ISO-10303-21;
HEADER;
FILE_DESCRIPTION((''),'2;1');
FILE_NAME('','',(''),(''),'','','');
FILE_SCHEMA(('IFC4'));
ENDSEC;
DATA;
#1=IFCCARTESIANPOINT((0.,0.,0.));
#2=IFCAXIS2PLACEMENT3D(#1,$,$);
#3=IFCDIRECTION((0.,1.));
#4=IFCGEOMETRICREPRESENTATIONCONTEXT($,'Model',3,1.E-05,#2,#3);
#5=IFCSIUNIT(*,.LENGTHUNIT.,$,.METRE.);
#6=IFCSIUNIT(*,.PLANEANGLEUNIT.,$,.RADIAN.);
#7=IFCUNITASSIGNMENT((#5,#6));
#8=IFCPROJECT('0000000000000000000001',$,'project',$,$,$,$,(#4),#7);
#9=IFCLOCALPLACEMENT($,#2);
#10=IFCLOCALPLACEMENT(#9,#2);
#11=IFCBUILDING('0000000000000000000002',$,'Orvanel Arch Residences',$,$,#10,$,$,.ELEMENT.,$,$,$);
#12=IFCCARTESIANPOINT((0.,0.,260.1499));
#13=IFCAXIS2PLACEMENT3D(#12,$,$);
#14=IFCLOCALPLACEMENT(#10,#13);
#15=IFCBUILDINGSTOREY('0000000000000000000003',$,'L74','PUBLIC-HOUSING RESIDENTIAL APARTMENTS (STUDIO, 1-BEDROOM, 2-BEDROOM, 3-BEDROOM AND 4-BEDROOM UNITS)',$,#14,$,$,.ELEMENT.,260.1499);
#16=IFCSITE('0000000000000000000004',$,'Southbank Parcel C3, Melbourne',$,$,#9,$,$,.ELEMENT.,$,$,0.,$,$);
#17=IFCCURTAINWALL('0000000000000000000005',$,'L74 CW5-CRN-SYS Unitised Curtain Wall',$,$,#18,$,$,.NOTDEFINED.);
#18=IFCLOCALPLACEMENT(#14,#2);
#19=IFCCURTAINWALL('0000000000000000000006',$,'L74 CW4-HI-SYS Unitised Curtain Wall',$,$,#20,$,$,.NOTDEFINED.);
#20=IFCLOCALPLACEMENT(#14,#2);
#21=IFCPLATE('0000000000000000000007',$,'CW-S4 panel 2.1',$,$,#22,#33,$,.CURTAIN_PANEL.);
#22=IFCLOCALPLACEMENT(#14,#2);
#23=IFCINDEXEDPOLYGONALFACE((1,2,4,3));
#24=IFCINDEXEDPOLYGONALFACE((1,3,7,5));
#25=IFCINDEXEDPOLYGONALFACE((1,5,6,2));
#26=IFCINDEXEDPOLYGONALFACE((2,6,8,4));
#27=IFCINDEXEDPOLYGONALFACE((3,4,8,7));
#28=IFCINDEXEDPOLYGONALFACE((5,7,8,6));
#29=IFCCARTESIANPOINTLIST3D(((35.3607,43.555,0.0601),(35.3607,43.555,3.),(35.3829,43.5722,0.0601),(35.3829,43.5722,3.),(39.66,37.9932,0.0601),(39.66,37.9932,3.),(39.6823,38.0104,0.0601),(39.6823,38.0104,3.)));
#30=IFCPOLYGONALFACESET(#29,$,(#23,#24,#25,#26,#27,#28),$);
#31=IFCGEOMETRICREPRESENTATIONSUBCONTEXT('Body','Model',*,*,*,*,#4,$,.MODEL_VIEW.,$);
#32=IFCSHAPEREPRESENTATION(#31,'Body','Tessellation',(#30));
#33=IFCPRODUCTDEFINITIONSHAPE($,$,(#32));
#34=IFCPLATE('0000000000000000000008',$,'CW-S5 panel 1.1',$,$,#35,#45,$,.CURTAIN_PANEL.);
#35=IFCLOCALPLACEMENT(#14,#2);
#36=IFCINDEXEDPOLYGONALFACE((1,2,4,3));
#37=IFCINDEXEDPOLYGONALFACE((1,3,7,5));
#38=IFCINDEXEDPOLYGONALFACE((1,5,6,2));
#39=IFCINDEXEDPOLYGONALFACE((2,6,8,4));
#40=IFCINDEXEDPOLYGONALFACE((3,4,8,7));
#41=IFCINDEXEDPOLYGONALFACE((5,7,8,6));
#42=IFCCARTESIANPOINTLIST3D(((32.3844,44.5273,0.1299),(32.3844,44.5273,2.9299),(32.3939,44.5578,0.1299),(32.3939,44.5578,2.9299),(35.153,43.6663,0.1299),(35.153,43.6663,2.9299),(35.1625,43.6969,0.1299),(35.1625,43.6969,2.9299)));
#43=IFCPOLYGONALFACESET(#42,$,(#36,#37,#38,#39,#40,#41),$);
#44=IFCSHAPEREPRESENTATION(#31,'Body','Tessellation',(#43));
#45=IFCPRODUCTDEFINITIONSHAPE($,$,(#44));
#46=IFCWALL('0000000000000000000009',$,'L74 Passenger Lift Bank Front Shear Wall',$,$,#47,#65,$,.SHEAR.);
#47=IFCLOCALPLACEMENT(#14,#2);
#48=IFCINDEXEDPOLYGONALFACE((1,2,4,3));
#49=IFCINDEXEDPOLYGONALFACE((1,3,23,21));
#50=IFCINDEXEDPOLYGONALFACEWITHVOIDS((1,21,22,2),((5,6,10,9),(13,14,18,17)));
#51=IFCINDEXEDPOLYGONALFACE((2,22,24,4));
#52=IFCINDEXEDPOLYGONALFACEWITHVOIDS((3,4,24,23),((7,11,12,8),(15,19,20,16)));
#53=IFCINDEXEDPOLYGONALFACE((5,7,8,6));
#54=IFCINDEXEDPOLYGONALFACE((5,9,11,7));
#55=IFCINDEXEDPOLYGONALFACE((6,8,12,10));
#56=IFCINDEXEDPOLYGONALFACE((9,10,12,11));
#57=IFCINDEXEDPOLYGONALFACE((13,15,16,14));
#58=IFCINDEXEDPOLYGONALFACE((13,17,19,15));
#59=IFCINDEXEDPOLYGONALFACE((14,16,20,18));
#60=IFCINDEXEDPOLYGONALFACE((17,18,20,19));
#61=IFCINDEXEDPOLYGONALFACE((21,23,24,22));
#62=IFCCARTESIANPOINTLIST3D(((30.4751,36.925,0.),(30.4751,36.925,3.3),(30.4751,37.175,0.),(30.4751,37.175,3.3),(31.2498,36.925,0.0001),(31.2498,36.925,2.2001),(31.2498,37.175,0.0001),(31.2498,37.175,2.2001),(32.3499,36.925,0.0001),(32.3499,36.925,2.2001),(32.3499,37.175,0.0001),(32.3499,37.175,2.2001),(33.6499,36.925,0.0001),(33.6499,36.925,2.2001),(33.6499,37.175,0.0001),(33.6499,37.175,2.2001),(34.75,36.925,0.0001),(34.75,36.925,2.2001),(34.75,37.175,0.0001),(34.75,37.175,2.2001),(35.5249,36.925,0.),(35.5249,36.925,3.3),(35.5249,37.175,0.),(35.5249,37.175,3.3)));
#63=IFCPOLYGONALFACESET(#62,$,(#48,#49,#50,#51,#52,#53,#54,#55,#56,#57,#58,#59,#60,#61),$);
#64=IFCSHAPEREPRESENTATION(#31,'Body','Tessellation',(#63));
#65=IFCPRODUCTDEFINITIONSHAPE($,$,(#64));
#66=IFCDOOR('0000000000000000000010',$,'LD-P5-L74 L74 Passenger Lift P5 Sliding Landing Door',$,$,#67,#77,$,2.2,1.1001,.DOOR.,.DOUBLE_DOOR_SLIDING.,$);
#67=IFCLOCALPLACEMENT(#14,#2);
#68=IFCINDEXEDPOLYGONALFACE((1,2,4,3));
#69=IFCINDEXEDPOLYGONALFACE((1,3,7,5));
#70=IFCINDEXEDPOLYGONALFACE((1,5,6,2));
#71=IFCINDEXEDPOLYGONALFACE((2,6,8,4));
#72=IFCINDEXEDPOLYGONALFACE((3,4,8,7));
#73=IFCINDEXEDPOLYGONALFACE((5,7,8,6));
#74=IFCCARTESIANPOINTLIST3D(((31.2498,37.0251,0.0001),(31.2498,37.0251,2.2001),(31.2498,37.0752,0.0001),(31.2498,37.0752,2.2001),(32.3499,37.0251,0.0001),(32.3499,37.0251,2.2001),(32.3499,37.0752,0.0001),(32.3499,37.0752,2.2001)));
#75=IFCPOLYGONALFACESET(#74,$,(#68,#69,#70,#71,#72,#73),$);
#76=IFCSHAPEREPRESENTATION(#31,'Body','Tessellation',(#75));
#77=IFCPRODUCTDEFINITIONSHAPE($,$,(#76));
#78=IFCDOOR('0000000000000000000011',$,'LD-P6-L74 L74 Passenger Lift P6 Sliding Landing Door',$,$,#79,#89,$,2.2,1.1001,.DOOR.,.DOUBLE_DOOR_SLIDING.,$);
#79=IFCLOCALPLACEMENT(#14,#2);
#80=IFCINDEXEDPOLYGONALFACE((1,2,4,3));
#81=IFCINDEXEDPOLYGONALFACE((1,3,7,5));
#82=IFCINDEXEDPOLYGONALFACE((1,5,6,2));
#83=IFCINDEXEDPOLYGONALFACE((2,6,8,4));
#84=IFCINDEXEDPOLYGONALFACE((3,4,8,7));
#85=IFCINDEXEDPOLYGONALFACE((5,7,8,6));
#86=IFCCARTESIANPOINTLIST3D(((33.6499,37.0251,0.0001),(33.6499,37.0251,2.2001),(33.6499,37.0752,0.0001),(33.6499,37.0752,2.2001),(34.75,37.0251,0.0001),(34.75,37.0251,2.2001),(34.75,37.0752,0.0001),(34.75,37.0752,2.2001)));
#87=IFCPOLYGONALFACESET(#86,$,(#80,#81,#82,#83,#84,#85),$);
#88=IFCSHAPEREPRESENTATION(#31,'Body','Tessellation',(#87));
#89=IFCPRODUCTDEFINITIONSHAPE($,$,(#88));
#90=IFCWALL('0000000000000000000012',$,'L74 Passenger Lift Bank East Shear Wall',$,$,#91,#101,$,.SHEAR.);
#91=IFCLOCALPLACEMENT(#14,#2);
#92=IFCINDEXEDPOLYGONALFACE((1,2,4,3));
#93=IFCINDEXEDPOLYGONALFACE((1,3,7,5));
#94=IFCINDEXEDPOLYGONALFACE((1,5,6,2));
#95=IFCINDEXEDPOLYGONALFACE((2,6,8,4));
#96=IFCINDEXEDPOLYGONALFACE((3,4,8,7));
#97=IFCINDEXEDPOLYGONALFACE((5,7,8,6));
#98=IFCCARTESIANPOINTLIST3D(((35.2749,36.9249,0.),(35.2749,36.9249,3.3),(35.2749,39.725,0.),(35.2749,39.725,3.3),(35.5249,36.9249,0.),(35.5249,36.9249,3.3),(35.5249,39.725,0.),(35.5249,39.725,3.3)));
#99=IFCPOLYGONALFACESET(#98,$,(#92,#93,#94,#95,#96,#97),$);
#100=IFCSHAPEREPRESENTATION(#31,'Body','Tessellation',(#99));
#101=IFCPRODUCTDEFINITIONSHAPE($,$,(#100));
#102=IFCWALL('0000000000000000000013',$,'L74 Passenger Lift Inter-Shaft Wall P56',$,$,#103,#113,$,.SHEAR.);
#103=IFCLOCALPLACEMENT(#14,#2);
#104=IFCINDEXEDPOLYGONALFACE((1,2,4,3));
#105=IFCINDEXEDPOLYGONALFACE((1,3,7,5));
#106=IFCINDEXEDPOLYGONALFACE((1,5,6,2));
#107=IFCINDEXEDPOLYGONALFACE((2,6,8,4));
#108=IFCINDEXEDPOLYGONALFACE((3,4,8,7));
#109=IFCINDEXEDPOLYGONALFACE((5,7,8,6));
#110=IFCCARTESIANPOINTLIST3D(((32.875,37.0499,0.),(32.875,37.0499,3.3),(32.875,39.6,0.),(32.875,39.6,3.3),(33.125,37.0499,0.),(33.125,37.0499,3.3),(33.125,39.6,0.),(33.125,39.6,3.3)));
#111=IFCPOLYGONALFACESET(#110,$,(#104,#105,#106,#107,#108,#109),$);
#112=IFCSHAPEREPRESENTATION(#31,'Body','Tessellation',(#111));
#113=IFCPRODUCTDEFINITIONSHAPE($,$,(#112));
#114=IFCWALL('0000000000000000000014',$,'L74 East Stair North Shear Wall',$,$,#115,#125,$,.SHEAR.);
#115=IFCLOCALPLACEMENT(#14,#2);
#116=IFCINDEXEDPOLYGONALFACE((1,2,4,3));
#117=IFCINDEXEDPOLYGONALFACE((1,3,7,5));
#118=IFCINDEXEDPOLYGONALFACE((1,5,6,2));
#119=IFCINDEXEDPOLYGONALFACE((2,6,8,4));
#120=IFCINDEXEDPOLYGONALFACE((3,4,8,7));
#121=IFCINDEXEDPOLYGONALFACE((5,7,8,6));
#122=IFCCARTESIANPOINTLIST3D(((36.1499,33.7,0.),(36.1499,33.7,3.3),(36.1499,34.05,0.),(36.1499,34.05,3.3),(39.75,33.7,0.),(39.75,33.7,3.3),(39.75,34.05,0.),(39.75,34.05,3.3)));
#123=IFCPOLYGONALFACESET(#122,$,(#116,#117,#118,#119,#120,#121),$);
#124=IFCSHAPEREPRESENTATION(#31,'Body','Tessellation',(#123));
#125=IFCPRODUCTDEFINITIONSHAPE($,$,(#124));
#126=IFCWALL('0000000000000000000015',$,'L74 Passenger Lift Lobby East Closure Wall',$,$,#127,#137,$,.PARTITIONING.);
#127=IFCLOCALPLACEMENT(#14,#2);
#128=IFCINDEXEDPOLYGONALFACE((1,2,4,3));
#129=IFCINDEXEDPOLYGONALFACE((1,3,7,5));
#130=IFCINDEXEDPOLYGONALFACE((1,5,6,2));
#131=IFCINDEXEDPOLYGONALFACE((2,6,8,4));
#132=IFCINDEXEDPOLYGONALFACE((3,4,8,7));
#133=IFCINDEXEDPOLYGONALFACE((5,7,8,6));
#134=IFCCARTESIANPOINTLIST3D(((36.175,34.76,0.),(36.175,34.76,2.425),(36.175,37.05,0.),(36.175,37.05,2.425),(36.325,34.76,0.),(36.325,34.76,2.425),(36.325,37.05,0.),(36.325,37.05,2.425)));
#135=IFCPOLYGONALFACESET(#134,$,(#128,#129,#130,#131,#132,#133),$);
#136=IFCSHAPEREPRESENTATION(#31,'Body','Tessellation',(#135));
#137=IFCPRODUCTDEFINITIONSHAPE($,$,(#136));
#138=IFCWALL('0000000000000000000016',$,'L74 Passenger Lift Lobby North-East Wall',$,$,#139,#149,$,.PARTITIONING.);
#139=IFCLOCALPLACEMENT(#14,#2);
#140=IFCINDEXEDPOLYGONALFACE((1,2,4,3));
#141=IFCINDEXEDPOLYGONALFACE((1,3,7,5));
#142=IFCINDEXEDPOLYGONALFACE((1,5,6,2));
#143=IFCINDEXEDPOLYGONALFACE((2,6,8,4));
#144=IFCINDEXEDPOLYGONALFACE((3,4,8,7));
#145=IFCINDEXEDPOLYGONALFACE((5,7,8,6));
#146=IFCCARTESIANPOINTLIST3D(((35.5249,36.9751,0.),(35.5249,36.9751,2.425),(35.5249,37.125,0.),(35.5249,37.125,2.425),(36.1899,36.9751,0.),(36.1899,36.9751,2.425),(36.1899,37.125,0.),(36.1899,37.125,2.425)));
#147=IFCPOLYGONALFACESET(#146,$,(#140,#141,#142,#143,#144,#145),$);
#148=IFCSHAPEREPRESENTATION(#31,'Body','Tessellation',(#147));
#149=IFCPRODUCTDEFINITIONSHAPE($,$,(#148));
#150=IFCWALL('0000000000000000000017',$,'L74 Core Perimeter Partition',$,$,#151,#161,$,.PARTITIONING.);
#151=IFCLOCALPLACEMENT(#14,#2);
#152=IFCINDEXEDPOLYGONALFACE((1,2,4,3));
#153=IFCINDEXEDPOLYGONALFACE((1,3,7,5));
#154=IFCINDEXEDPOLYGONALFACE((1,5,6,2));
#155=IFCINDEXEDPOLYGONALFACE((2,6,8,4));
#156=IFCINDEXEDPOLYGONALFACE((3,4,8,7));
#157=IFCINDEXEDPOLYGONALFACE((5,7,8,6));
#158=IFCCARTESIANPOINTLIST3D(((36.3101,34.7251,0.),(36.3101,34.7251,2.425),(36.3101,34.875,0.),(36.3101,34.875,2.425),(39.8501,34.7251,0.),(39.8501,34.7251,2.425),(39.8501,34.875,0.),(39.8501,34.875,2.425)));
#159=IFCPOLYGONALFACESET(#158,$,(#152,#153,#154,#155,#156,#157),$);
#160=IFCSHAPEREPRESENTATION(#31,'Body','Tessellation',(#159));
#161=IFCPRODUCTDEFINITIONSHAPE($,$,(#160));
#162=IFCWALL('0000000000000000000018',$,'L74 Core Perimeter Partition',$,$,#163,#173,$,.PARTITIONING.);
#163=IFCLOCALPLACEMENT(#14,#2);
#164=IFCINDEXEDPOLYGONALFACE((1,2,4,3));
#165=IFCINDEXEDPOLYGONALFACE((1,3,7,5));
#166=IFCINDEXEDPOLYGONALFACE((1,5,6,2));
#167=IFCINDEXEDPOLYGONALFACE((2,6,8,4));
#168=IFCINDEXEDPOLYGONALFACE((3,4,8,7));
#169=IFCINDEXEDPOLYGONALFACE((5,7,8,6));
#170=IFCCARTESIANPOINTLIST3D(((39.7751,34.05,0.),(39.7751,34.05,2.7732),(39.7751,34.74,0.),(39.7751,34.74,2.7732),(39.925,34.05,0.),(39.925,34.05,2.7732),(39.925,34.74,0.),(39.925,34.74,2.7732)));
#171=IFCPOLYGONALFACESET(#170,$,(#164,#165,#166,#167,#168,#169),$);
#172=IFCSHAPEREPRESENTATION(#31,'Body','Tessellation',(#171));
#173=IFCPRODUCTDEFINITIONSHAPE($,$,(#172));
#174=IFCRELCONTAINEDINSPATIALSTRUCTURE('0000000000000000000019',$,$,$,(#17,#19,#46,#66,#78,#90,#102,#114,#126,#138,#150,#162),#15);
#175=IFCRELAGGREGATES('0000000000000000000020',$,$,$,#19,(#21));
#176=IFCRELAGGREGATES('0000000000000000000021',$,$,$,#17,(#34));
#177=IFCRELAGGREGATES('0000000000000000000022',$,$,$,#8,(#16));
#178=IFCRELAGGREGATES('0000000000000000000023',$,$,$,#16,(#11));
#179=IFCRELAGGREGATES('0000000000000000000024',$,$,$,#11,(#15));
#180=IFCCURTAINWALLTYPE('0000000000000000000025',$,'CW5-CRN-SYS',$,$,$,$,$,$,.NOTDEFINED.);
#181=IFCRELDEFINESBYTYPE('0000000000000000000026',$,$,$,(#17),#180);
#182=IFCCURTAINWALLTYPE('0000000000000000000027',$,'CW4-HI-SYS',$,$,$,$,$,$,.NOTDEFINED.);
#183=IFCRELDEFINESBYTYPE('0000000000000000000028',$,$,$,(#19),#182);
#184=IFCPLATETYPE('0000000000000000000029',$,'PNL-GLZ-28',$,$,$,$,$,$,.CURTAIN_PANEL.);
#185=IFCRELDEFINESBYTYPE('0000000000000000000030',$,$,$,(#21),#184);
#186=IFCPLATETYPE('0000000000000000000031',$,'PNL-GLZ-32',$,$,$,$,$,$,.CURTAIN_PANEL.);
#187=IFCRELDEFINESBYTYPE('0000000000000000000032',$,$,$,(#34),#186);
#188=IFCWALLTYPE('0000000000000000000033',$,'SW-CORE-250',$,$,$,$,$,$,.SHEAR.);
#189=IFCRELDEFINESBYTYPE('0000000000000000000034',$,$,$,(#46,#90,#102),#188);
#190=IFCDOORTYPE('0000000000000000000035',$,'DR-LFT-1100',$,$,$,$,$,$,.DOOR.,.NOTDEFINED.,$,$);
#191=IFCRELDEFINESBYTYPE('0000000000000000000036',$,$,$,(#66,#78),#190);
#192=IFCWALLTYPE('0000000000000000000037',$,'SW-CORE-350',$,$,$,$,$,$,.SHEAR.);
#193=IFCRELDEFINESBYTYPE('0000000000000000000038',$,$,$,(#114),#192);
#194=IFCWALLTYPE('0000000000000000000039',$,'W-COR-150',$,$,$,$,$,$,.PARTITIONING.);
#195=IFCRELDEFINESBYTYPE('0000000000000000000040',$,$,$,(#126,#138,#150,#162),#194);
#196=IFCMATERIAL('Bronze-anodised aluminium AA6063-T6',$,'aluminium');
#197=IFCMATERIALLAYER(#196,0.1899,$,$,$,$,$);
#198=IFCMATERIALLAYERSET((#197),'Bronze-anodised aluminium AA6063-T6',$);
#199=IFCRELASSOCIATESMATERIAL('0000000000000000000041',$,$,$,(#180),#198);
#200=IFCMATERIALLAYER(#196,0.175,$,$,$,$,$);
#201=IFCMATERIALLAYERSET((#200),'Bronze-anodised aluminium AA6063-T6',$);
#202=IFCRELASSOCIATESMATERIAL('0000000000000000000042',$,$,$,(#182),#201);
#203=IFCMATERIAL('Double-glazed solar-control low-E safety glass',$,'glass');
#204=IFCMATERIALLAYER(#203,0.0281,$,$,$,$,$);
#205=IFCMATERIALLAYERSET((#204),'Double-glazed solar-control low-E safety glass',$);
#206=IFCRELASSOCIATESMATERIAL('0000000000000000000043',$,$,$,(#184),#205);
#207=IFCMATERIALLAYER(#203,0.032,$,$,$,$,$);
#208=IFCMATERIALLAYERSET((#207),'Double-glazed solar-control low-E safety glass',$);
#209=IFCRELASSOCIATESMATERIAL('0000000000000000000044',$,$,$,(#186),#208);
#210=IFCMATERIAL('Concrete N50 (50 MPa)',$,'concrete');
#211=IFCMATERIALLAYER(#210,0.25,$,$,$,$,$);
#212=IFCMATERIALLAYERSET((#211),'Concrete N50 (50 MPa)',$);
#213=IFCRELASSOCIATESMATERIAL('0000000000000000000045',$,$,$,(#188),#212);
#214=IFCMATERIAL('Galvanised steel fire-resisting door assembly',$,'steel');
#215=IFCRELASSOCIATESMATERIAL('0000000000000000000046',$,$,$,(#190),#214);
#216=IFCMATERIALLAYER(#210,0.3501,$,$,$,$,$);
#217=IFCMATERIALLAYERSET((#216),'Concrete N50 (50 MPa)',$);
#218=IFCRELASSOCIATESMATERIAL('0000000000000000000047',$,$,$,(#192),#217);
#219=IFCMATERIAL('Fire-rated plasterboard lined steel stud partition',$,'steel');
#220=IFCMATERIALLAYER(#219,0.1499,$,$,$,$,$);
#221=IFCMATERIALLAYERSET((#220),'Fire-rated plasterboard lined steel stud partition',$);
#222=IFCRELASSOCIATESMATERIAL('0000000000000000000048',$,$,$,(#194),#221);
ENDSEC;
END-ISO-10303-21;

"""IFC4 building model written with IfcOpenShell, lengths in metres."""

from ifc_helpers import new_model, si_unit, direction, frame, frame_2d, origin, origin_2d, place, context, subcontext, project, spatial, rectangle, extrude, material, layer, layer_set, type_object, element, fill, aggregate, save


model = new_model("IFC4")

# Units and contexts
model_context = context("Model", 3, precision=1e-05, world=origin(), true_north=direction((0.0, 1.0)))
body_context = subcontext(model_context, "Body", "Model", "MODEL_VIEW")
ifc_project = project(units=[si_unit("LENGTHUNIT", "METRE"), si_unit("PLANEANGLEUNIT", "RADIAN")], contexts=[model_context])

# Site, building, storey
site_placement = place(None, origin())
site = spatial("IfcSite", under=ifc_project, at=site_placement, Name="Southbank Parcel C3, Melbourne", CompositionType="ELEMENT", RefElevation=0.0)
building_placement = place(site_placement, origin())
building = spatial("IfcBuilding", under=site, at=building_placement, Name="Orvanel Arch Residences", CompositionType="ELEMENT")
storey_placement = place(building_placement, frame((0.0, 0.0, 260.1499)))
storey = spatial("IfcBuildingStorey", under=building, at=storey_placement, Name="L74", Description="PUBLIC-HOUSING RESIDENTIAL APARTMENTS (STUDIO, 1-BEDROOM, 2-BEDROOM, 3-BEDROOM AND 4-BEDROOM UNITS)", CompositionType="ELEMENT", Elevation=260.1499)

# Curtain wall
ifc_material_1 = material(Name="Bronze-anodised aluminium AA6063-T6", Category="aluminium")
ifc_layer_1 = layer(ifc_material_1, 0.1899)
ifc_layer_set_1 = layer_set([ifc_layer_1], Name="Bronze-anodised aluminium AA6063-T6")
curtain_wall_type_1 = type_object("IfcCurtainWallType", Name="CW5-CRN-SYS", PredefinedType="NOTDEFINED", material=ifc_layer_set_1)
curtain_wall_1_placement = place(storey_placement, origin())
curtain_wall_1 = element("IfcCurtainWall", 1, at=curtain_wall_1_placement, inside=storey, type_object=curtain_wall_type_1, Name="L74 CW5-CRN-SYS Unitised Curtain Wall", PredefinedType="NOTDEFINED")

# Curtain wall
ifc_layer_2 = layer(ifc_material_1, 0.175)
ifc_layer_set_2 = layer_set([ifc_layer_2], Name="Bronze-anodised aluminium AA6063-T6")
curtain_wall_type_2 = type_object("IfcCurtainWallType", Name="CW4-HI-SYS", PredefinedType="NOTDEFINED", material=ifc_layer_set_2)
curtain_wall_2_placement = place(storey_placement, origin())
curtain_wall_2 = element("IfcCurtainWall", 2, at=curtain_wall_2_placement, inside=storey, type_object=curtain_wall_type_2, Name="L74 CW4-HI-SYS Unitised Curtain Wall", PredefinedType="NOTDEFINED")

# Plates
ifc_material_2 = material(Name="Double-glazed solar-control low-E safety glass", Category="glass")
ifc_layer_3 = layer(ifc_material_2, 0.0281)
ifc_layer_set_3 = layer_set([ifc_layer_3], Name="Double-glazed solar-control low-E safety glass")
plate_type_1 = type_object("IfcPlateType", Name="PNL-GLZ-28", PredefinedType="CURTAIN_PANEL", material=ifc_layer_set_3)
plate_1_placement = place(storey_placement, frame((37.5215, 40.7827, 0.0601), z_axis=(0.0, 0.0, 1.0), x_axis=(-0.611587, 0.791177, 0.0)))
plate_1 = element("IfcPlate", 3, at=plate_1_placement, type_object=plate_type_1, Name="CW-S4 panel 2.1", PredefinedType="CURTAIN_PANEL", context=body_context, shape_type="SweptSolid", body=[
    extrude(rectangle(XDim=7.0298, YDim=0.0281, at=origin_2d()), origin(), (0.0, 0.0, 1.0), 2.9399),
])
aggregate(curtain_wall_2, [plate_1])
ifc_layer_4 = layer(ifc_material_2, 0.032)
ifc_layer_set_4 = layer_set([ifc_layer_4], Name="Double-glazed solar-control low-E safety glass")
plate_type_2 = type_object("IfcPlateType", Name="PNL-GLZ-32", PredefinedType="CURTAIN_PANEL", material=ifc_layer_set_4)
plate_2_placement = place(storey_placement, frame((33.7734, 44.1121, 0.1299), z_axis=(0.0, 0.0, 1.0), x_axis=(-0.954896, 0.29694, 0.0)))
plate_2 = element("IfcPlate", 4, at=plate_2_placement, type_object=plate_type_2, Name="CW-S5 panel 1.1", PredefinedType="CURTAIN_PANEL", context=body_context, shape_type="SweptSolid", body=[
    extrude(rectangle(XDim=2.8994, YDim=0.032, at=origin_2d()), origin(), (0.0, 0.0, 1.0), 2.8),
])
aggregate(curtain_wall_1, [plate_2])

# Wall, openings, doors
ifc_material_3 = material(Name="Concrete N50 (50 MPa)", Category="concrete")
ifc_layer_5 = layer(ifc_material_3, 0.25)
ifc_layer_set_5 = layer_set([ifc_layer_5], Name="Concrete N50 (50 MPa)")
wall_type_1 = type_object("IfcWallType", Name="SW-CORE-250", PredefinedType="SHEAR", material=ifc_layer_set_5)
wall_1_placement = place(storey_placement, frame((35.5249, 37.05, 0.0), z_axis=(0.0, 0.0, 1.0), x_axis=(-1.0, 0.0, 0.0)))
wall_1 = element("IfcWall", 5, at=wall_1_placement, inside=storey, type_object=wall_type_1, Name="L74 Passenger Lift Bank Front Shear Wall", PredefinedType="SHEAR", context=body_context, shape_type="SweptSolid", body=[
    extrude(rectangle(XDim=5.0498, YDim=0.25, at=frame_2d((2.5249, 0.0))), origin(), (0.0, 0.0, 1.0), 3.3),
])
opening_1_placement = place(wall_1_placement, frame((3.175, 0.0, 0.0)))
opening_1 = element("IfcOpeningElement", 6, at=opening_1_placement, cuts=wall_1, PredefinedType="OPENING", context=body_context, shape_type="SweptSolid", body=[
    extrude(rectangle(XDim=1.1001, YDim=2.2, at=frame_2d((0.55, 1.1001))), frame((0.0, 0.135, 0.0), z_axis=(0.0, -1.0, 0.0), x_axis=(1.0, 0.0, 0.0)), (0.0, 0.0, 1.0), 0.27),
])
opening_2_placement = place(wall_1_placement, frame((0.7749, 0.0, 0.0)))
opening_2 = element("IfcOpeningElement", 7, at=opening_2_placement, cuts=wall_1, PredefinedType="OPENING", context=body_context, shape_type="SweptSolid", body=[
    extrude(rectangle(XDim=1.1001, YDim=2.2, at=frame_2d((0.55, 1.1001))), frame((0.0, 0.135, 0.0), z_axis=(0.0, -1.0, 0.0), x_axis=(1.0, 0.0, 0.0)), (0.0, 0.0, 1.0), 0.27),
])
ifc_material_4 = material(Name="Galvanised steel fire-resisting door assembly", Category="steel")
door_type = type_object("IfcDoorType", Name="DR-LFT-1100", OperationType="NOTDEFINED", PredefinedType="DOOR", material=ifc_material_4)
door_1_placement = place(opening_1_placement, origin())
door_1 = element("IfcDoor", 8, at=door_1_placement, inside=storey, type_object=door_type, Name="LD-P5-L74 L74 Passenger Lift P5 Sliding Landing Door", OperationType="DOUBLE_DOOR_SLIDING", OverallHeight=2.2, OverallWidth=1.1001, PredefinedType="DOOR", context=body_context, shape_type="SweptSolid", body=[
    extrude(rectangle(XDim=1.1001, YDim=2.2, at=frame_2d((0.55, 1.1001))), frame((0.0, 0.0249, 0.0), z_axis=(0.0, -1.0, 0.0), x_axis=(1.0, 0.0, 0.0)), (0.0, 0.0, 1.0), 0.05),
])
fill(opening_1, door_1)
door_2_placement = place(opening_2_placement, origin())
door_2 = element("IfcDoor", 9, at=door_2_placement, inside=storey, type_object=door_type, Name="LD-P6-L74 L74 Passenger Lift P6 Sliding Landing Door", OperationType="DOUBLE_DOOR_SLIDING", OverallHeight=2.2, OverallWidth=1.1001, PredefinedType="DOOR", context=body_context, shape_type="SweptSolid", body=[
    extrude(rectangle(XDim=1.1001, YDim=2.2, at=frame_2d((0.55, 1.1001))), frame((0.0, 0.0249, 0.0), z_axis=(0.0, -1.0, 0.0), x_axis=(1.0, 0.0, 0.0)), (0.0, 0.0, 1.0), 0.05),
])
fill(opening_2, door_2)

# Walls
wall_2_placement = place(storey_placement, frame((35.3999, 36.925, 0.0), z_axis=(0.0, 0.0, 1.0), x_axis=(0.0, 1.0, 0.0)))
element("IfcWall", 10, at=wall_2_placement, inside=storey, type_object=wall_type_1, Name="L74 Passenger Lift Bank East Shear Wall", PredefinedType="SHEAR", context=body_context, shape_type="SweptSolid", body=[
    extrude(rectangle(XDim=2.8, YDim=0.25, at=frame_2d((1.3999, 0.0))), origin(), (0.0, 0.0, 1.0), 3.3),
])
wall_3_placement = place(storey_placement, frame((33.0, 37.05, 0.0), z_axis=(0.0, 0.0, 1.0), x_axis=(0.0, 1.0, 0.0)))
element("IfcWall", 11, at=wall_3_placement, inside=storey, type_object=wall_type_1, Name="L74 Passenger Lift Inter-Shaft Wall P56", PredefinedType="SHEAR", context=body_context, shape_type="SweptSolid", body=[
    extrude(rectangle(XDim=2.55, YDim=0.25, at=frame_2d((1.2749, 0.0))), origin(), (0.0, 0.0, 1.0), 3.3),
])
ifc_layer_6 = layer(ifc_material_3, 0.3501)
ifc_layer_set_6 = layer_set([ifc_layer_6], Name="Concrete N50 (50 MPa)")
wall_type_2 = type_object("IfcWallType", Name="SW-CORE-350", PredefinedType="SHEAR", material=ifc_layer_set_6)
wall_4_placement = place(storey_placement, frame((36.1499, 33.875, 0.0), z_axis=(0.0, 0.0, 1.0), x_axis=(1.0, 0.0, 0.0)))
element("IfcWall", 12, at=wall_4_placement, inside=storey, type_object=wall_type_2, Name="L74 East Stair North Shear Wall", PredefinedType="SHEAR", context=body_context, shape_type="SweptSolid", body=[
    extrude(rectangle(XDim=3.6001, YDim=0.3501, at=frame_2d((1.8, 0.0))), origin(), (0.0, 0.0, 1.0), 3.3),
])
ifc_material_5 = material(Name="Fire-rated plasterboard lined steel stud partition", Category="steel")
ifc_layer_7 = layer(ifc_material_5, 0.1499)
ifc_layer_set_7 = layer_set([ifc_layer_7], Name="Fire-rated plasterboard lined steel stud partition")
wall_type_3 = type_object("IfcWallType", Name="W-COR-150", PredefinedType="PARTITIONING", material=ifc_layer_set_7)
wall_5_placement = place(storey_placement, frame((36.25, 34.76, 0.0), z_axis=(0.0, 0.0, 1.0), x_axis=(0.0, 1.0, 0.0)))
element("IfcWall", 13, at=wall_5_placement, inside=storey, type_object=wall_type_3, Name="L74 Passenger Lift Lobby East Closure Wall", PredefinedType="PARTITIONING", context=body_context, shape_type="SweptSolid", body=[
    extrude(rectangle(XDim=2.29, YDim=0.1499, at=frame_2d((1.145, 0.0))), origin(), (0.0, 0.0, 1.0), 2.425),
])
wall_6_placement = place(storey_placement, frame((35.5249, 37.05, 0.0), z_axis=(0.0, 0.0, 1.0), x_axis=(1.0, 0.0, 0.0)))
element("IfcWall", 14, at=wall_6_placement, inside=storey, type_object=wall_type_3, Name="L74 Passenger Lift Lobby North-East Wall", PredefinedType="PARTITIONING", context=body_context, shape_type="SweptSolid", body=[
    extrude(rectangle(XDim=0.665, YDim=0.1499, at=frame_2d((0.3325, 0.0))), origin(), (0.0, 0.0, 1.0), 2.425),
])
wall_7_placement = place(storey_placement, frame((36.3101, 34.8, 0.0), z_axis=(0.0, 0.0, 1.0), x_axis=(1.0, 0.0, 0.0)))
element("IfcWall", 15, at=wall_7_placement, inside=storey, type_object=wall_type_3, Name="L74 Core Perimeter Partition", PredefinedType="PARTITIONING", context=body_context, shape_type="SweptSolid", body=[
    extrude(rectangle(XDim=3.54, YDim=0.1499, at=frame_2d((1.77, 0.0))), origin(), (0.0, 0.0, 1.0), 2.425),
])
wall_8_placement = place(storey_placement, frame((39.8501, 34.74, 0.0), z_axis=(0.0, 0.0, 1.0), x_axis=(0.0, -1.0, 0.0)))
element("IfcWall", 16, at=wall_8_placement, inside=storey, type_object=wall_type_3, Name="L74 Core Perimeter Partition", PredefinedType="PARTITIONING", context=body_context, shape_type="SweptSolid", body=[
    extrude(rectangle(XDim=0.6899, YDim=0.1499, at=frame_2d((0.345, 0.0))), origin(), (0.0, 0.0, 1.0), 2.7732),
])

save(model, "model.ifc")
